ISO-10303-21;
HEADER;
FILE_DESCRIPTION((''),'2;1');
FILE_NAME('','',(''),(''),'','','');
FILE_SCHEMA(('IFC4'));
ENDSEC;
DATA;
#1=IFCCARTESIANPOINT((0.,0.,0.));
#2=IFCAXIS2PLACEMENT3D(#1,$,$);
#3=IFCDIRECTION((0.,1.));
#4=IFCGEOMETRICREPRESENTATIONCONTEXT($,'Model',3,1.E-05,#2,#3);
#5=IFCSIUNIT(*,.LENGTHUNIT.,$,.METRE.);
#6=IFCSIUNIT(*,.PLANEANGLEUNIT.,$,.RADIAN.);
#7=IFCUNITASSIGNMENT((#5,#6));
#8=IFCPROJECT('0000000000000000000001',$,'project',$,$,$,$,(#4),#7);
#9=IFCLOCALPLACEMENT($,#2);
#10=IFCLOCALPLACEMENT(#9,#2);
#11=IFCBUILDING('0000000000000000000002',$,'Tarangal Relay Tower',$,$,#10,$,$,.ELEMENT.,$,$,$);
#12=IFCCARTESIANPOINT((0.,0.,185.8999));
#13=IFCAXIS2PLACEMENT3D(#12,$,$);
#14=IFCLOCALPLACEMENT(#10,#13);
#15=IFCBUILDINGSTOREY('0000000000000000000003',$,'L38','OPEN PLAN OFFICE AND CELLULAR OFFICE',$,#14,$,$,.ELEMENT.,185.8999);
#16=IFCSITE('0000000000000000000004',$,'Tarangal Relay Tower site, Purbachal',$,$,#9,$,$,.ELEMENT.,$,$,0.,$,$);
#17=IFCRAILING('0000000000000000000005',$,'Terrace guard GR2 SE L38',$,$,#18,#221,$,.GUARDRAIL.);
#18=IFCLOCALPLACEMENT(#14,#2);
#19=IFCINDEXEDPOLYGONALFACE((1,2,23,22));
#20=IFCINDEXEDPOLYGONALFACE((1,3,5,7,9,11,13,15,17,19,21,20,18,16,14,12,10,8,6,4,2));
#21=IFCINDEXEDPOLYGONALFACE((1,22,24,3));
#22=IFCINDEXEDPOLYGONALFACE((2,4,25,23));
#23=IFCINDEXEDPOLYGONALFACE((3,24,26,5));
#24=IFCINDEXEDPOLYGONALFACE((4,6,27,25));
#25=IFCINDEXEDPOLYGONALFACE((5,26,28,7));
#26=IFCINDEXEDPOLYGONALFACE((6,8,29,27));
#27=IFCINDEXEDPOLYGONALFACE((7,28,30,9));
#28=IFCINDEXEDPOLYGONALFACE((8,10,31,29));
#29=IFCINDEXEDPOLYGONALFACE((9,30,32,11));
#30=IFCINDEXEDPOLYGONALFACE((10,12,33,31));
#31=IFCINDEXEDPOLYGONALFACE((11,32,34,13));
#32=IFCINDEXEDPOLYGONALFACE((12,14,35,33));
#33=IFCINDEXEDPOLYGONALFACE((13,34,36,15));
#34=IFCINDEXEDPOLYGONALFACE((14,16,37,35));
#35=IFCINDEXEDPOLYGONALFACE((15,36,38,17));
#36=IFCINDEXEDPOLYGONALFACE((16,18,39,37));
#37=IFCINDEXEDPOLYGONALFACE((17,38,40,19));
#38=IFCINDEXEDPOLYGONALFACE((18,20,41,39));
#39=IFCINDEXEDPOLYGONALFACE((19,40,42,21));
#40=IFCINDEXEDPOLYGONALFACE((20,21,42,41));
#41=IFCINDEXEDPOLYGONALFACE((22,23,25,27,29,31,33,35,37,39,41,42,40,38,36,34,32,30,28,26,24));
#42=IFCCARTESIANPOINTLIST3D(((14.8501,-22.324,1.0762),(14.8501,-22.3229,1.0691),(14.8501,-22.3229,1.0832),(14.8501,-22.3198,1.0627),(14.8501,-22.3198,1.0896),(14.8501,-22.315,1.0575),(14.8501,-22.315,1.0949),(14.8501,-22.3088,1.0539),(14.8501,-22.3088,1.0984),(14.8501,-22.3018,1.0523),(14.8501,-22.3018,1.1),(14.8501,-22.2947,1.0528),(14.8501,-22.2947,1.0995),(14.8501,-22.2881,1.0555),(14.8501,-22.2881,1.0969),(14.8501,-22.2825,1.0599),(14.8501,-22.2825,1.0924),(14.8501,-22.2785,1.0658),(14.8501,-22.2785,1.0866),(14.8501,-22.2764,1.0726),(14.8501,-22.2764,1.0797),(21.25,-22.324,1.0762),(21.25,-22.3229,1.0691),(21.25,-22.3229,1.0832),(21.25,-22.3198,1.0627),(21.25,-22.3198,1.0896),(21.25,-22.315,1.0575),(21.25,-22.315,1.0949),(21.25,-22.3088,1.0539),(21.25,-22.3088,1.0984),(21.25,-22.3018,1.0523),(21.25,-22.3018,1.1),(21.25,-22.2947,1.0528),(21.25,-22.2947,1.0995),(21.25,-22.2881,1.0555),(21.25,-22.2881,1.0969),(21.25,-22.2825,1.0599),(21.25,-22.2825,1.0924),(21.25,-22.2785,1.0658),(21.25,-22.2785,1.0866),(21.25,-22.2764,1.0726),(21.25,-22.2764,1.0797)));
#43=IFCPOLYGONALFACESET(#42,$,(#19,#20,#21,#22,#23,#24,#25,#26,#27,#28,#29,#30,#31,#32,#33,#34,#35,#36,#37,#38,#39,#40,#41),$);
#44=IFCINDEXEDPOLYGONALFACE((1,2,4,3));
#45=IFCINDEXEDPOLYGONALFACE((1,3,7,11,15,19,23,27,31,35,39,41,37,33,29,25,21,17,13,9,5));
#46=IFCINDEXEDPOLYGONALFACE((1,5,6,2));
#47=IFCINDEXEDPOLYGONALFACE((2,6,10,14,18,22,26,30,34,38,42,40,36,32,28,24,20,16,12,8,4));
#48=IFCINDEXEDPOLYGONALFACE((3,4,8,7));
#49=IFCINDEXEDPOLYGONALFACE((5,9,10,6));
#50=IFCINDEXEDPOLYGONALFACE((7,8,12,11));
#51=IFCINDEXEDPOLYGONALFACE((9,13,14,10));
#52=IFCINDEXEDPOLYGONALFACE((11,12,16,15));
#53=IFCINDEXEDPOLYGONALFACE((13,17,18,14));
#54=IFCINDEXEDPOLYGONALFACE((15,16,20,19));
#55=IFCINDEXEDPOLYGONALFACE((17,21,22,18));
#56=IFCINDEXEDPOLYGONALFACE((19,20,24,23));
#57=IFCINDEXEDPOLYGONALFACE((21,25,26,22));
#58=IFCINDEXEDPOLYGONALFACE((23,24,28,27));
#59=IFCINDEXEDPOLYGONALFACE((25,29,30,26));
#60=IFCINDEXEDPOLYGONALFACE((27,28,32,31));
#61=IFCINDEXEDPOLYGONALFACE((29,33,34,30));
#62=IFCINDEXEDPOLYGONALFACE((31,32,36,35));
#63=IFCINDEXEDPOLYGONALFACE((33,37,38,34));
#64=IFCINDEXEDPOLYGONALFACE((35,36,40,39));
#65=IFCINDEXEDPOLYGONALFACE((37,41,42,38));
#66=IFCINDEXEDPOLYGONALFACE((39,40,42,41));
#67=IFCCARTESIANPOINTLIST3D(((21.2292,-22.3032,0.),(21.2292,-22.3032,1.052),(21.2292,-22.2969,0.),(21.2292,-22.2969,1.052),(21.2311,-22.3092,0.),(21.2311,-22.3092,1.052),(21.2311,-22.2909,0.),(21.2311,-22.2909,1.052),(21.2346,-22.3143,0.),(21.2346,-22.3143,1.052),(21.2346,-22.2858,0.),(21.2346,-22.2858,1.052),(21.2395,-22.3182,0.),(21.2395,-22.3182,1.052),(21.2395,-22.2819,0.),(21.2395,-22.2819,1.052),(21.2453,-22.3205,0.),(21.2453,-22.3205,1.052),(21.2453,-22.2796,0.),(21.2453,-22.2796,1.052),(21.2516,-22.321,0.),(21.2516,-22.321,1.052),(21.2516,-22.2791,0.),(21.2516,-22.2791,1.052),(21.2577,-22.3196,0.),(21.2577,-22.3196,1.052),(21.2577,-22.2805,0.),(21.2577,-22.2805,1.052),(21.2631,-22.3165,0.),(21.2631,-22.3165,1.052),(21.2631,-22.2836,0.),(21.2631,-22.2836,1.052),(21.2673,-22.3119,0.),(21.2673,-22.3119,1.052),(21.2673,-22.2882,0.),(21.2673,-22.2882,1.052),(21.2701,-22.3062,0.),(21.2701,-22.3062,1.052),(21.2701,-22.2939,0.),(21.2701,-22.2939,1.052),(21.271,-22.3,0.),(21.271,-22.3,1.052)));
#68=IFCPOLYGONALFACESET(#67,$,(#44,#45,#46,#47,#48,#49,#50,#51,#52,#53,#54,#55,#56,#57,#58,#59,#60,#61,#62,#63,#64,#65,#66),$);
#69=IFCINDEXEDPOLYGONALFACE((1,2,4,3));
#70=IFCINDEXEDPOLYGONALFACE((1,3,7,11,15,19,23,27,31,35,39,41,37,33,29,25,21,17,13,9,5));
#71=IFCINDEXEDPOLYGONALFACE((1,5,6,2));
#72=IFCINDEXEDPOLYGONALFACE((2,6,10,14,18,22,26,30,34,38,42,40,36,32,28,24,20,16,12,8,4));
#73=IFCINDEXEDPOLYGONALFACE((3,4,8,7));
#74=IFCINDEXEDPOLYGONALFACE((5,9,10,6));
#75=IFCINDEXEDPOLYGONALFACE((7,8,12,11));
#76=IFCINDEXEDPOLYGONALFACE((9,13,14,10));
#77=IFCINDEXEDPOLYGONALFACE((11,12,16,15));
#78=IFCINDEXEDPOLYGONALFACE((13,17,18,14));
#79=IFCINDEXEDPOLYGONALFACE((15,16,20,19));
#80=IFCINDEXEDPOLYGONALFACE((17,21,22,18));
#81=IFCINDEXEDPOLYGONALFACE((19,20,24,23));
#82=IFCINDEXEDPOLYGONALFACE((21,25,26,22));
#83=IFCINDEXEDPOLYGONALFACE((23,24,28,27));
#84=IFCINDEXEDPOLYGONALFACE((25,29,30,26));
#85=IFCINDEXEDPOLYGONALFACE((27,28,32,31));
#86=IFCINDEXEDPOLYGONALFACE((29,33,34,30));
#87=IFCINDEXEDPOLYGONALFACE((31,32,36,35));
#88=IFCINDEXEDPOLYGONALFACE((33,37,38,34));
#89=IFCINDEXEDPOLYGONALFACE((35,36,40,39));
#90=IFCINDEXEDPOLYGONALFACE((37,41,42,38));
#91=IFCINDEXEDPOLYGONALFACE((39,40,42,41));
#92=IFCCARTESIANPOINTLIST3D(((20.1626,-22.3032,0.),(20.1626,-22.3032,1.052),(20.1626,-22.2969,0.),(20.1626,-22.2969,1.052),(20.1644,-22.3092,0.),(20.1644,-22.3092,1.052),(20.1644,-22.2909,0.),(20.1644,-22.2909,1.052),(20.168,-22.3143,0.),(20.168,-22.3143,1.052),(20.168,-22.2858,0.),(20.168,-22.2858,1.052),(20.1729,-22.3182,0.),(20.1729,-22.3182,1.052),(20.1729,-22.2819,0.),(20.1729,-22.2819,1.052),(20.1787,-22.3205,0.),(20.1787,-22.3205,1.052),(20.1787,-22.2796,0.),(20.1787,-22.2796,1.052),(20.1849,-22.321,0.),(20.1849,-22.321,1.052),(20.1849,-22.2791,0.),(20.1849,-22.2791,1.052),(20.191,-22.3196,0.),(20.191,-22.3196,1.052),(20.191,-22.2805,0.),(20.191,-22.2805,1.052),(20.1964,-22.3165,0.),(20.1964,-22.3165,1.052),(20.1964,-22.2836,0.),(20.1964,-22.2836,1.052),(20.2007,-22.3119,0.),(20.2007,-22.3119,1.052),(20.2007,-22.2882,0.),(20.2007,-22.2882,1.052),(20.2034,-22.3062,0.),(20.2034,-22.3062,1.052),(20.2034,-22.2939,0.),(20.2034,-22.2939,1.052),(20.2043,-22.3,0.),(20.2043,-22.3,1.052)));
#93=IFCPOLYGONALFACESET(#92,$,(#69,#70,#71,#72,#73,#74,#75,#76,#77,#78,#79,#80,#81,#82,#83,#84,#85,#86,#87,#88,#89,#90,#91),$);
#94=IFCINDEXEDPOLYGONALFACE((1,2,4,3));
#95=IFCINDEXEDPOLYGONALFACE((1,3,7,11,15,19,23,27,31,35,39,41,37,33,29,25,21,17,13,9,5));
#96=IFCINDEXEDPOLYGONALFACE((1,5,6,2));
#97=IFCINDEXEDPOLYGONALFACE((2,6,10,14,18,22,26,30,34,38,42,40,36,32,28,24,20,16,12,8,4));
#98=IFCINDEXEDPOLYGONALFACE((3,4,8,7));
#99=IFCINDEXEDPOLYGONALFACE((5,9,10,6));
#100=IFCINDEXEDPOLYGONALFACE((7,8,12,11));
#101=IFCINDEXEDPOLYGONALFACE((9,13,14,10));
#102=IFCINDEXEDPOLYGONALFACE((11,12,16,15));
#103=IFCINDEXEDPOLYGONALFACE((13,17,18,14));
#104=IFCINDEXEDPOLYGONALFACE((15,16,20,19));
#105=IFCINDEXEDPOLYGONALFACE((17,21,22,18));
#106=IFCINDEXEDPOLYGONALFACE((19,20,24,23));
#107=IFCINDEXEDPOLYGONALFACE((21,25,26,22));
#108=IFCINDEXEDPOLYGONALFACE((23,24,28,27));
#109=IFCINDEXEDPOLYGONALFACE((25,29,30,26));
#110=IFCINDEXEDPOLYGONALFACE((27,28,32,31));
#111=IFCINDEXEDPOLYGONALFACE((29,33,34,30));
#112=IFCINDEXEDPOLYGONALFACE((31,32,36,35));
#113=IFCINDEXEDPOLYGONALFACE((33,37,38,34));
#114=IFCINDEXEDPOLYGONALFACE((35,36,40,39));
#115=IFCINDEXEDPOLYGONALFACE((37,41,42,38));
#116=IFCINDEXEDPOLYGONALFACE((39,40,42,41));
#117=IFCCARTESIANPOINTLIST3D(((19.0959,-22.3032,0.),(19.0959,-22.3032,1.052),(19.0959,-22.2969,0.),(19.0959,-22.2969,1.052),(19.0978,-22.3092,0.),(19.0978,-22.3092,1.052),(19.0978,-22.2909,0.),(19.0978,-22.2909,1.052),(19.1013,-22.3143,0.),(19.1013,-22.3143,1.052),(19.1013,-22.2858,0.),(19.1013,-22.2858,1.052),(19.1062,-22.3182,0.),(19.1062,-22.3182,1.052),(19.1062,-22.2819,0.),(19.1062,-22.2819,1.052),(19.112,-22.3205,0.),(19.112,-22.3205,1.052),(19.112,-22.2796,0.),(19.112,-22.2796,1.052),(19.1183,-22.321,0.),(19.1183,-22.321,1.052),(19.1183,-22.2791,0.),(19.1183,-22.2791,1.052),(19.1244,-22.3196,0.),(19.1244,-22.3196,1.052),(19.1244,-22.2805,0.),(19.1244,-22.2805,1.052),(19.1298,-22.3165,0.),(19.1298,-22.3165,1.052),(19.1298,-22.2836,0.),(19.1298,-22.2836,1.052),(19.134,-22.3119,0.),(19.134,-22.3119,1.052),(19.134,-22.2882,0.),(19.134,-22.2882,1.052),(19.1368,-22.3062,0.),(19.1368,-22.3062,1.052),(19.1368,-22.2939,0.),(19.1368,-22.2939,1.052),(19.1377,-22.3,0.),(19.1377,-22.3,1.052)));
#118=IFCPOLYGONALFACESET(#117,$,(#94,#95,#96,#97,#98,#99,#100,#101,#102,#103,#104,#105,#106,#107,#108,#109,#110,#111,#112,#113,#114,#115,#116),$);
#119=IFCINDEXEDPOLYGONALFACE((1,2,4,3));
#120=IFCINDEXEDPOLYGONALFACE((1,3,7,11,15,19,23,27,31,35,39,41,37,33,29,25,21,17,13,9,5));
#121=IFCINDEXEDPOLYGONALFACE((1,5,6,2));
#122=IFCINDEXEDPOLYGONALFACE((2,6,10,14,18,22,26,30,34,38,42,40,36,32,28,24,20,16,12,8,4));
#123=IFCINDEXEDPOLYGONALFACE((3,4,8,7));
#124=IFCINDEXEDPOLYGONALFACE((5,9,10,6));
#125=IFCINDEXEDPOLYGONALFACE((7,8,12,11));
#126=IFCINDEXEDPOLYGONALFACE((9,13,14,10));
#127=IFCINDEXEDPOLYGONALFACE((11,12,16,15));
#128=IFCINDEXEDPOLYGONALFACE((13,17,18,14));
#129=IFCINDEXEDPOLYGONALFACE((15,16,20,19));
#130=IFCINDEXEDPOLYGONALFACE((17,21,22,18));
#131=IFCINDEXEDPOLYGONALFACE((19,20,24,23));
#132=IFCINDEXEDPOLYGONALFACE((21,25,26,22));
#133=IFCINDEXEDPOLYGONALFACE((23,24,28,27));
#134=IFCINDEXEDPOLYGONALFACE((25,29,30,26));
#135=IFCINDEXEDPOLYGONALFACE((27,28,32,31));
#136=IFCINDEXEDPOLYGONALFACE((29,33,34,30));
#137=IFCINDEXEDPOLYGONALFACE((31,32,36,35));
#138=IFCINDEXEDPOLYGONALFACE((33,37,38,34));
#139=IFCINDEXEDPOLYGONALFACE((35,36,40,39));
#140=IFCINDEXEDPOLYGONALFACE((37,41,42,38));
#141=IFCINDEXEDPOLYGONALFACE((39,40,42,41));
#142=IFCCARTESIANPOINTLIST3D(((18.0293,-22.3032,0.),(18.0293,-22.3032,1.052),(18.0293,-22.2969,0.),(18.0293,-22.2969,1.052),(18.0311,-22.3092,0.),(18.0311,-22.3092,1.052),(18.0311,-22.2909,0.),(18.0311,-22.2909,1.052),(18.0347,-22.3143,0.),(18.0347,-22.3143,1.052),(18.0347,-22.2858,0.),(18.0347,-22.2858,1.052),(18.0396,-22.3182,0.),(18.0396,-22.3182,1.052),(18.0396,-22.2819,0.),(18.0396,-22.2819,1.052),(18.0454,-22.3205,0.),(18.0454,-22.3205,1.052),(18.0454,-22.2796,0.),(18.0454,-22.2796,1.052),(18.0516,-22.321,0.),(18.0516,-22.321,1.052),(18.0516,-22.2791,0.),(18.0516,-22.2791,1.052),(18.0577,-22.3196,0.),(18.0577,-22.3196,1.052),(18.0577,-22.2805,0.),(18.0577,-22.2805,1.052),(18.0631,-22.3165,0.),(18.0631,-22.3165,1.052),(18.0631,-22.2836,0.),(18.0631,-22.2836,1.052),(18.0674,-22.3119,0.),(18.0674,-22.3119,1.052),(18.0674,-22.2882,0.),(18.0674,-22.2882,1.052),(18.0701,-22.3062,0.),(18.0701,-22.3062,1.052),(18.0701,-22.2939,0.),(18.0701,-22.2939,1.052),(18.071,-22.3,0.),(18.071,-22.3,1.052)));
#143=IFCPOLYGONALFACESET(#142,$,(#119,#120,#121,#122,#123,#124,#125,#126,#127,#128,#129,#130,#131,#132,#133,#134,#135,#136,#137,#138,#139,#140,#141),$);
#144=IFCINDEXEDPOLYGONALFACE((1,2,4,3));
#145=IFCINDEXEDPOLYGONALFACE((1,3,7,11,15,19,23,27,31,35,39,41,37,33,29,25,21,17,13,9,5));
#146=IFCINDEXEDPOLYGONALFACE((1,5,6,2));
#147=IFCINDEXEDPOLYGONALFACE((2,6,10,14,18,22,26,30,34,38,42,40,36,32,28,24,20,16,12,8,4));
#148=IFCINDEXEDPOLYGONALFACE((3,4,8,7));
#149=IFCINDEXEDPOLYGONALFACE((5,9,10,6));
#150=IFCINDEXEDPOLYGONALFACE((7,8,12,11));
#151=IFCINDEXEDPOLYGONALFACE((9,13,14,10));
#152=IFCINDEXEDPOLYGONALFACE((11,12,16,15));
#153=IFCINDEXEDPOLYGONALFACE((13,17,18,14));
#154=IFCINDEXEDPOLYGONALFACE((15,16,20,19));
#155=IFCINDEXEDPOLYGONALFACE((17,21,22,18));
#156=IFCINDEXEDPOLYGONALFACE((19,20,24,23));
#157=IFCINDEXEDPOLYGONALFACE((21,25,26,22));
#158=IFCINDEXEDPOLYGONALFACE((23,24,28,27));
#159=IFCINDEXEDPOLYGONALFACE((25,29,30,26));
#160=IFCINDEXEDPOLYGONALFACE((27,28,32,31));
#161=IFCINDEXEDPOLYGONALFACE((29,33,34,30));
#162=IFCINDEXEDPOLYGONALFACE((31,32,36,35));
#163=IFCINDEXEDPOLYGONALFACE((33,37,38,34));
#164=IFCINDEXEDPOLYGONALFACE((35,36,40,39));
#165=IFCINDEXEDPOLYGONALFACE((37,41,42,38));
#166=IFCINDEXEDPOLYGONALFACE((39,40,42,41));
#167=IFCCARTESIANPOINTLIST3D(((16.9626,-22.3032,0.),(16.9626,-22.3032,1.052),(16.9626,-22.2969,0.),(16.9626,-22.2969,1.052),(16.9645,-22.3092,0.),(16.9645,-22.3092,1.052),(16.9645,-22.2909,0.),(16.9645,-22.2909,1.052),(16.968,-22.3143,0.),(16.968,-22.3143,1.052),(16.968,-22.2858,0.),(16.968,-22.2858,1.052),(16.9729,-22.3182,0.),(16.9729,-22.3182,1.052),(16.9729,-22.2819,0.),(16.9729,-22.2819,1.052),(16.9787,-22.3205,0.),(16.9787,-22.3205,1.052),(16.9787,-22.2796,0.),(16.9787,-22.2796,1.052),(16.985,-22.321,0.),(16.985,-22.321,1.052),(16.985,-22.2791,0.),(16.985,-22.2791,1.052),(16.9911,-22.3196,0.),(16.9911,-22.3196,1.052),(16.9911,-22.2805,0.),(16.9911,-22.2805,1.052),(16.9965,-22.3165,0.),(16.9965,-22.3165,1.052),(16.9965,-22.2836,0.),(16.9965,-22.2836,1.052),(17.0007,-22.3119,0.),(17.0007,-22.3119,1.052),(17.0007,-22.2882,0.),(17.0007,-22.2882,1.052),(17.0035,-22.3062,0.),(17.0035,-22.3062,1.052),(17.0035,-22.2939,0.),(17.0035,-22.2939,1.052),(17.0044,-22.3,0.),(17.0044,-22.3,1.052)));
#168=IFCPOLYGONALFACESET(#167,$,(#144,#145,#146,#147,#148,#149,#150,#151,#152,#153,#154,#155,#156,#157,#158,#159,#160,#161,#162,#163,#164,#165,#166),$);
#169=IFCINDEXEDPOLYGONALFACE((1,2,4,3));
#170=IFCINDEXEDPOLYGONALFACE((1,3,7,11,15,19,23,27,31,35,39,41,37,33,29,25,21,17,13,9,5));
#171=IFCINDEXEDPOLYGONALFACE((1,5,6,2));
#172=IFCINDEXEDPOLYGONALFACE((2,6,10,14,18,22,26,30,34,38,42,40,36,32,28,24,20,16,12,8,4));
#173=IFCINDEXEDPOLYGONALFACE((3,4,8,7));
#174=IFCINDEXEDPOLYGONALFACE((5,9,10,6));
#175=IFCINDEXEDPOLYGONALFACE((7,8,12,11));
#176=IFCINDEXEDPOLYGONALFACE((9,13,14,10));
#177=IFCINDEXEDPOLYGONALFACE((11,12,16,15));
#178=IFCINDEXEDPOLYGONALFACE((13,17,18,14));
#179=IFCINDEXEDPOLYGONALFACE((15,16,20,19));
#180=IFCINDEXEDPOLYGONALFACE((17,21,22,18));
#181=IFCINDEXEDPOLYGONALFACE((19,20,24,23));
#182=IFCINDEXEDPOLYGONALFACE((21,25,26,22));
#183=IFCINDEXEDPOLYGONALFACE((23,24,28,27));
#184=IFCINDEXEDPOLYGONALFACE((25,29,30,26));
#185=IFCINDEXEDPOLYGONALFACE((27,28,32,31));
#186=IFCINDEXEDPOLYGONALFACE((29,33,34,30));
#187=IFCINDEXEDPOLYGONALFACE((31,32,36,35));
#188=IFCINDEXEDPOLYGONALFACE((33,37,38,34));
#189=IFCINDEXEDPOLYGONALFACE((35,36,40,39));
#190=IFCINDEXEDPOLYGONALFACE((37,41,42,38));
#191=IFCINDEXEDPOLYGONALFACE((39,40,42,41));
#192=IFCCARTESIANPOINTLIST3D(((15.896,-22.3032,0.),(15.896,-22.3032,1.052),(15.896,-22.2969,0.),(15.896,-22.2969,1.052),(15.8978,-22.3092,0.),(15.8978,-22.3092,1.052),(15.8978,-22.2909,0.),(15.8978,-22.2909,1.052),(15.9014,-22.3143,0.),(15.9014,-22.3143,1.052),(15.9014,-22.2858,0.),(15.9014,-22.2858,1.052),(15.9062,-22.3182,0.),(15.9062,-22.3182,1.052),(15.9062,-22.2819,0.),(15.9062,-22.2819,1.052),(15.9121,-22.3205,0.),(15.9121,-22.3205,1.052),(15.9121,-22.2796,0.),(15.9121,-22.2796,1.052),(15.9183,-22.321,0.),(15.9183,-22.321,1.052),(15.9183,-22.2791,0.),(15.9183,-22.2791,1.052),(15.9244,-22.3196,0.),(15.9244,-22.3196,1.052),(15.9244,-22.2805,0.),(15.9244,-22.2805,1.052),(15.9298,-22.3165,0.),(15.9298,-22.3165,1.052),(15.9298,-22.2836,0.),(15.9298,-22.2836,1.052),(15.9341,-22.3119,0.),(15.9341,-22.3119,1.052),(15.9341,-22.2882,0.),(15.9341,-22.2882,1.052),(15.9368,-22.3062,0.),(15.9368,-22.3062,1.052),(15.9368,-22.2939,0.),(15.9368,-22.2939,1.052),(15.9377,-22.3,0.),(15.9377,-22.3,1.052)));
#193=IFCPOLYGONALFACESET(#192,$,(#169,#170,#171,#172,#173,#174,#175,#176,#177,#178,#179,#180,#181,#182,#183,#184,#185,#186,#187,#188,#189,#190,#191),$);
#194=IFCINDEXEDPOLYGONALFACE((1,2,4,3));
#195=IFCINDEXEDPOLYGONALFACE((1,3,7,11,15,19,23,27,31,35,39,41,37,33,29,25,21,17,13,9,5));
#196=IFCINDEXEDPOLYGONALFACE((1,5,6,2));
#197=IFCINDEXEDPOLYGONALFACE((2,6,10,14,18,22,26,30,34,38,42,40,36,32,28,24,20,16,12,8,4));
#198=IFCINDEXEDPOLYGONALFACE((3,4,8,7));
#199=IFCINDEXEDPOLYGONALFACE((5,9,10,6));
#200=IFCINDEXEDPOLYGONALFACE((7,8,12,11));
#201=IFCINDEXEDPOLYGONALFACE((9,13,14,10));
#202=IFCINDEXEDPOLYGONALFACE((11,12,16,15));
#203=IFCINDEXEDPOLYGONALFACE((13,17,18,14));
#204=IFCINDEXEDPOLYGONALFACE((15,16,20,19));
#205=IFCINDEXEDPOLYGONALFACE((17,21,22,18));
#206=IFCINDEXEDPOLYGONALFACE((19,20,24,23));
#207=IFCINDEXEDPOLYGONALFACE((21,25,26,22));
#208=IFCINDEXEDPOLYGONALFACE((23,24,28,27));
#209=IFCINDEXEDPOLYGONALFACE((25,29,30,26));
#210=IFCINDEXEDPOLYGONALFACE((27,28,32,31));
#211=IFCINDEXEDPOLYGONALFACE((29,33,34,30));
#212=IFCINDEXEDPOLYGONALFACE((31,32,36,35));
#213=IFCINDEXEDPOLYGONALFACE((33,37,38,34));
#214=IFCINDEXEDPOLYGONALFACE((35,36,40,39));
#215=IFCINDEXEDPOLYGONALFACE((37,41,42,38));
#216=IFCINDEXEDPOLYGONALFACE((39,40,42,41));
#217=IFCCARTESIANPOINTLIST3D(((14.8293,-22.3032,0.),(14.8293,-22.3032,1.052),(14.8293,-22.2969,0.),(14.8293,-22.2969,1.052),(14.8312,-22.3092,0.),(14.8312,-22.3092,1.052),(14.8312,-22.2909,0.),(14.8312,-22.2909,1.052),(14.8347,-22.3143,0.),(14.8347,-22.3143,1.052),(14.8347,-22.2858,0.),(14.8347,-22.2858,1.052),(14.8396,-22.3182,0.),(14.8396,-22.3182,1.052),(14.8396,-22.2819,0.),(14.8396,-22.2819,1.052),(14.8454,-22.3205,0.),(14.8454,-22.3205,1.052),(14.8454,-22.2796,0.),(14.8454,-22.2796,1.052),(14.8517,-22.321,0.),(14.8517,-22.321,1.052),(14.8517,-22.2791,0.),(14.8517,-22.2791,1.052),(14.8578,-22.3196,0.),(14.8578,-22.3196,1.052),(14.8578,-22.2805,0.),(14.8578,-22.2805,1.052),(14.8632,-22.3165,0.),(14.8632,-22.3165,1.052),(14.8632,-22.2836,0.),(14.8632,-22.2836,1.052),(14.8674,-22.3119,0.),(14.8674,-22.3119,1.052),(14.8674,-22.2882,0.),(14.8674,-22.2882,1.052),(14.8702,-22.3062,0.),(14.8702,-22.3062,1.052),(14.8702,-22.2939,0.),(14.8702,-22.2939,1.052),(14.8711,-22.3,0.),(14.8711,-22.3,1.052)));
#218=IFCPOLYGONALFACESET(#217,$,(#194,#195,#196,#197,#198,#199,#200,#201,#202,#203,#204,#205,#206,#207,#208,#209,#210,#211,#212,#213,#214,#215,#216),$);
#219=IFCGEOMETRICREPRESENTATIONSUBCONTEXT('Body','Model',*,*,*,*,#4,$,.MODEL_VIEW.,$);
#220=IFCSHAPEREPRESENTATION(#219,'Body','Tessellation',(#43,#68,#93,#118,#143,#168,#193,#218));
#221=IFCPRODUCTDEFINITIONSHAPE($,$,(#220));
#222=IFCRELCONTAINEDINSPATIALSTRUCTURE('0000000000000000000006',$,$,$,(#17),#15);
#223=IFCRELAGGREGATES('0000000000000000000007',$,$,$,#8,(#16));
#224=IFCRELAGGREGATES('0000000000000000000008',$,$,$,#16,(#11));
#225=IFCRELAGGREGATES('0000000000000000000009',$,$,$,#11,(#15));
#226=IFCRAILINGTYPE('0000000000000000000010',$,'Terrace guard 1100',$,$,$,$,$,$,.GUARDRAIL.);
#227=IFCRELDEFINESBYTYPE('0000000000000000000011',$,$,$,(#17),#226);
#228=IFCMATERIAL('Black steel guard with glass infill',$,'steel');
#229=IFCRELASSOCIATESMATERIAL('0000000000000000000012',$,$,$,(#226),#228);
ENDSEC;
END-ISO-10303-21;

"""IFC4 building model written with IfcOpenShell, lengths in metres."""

from ifc_helpers import new_model, si_unit, direction, frame, origin, origin_2d, place, context, subcontext, project, spatial, circle, extrude, material, type_object, element, save


model = new_model("IFC4")

# Units and contexts
model_context = context("Model", 3, precision=1e-05, world=origin(), true_north=direction((0.0, 1.0)))
body_context = subcontext(model_context, "Body", "Model", "MODEL_VIEW")
ifc_project = project(units=[si_unit("LENGTHUNIT", "METRE"), si_unit("PLANEANGLEUNIT", "RADIAN")], contexts=[model_context])

# Site, building, storey
site_placement = place(None, origin())
site = spatial("IfcSite", under=ifc_project, at=site_placement, Name="Tarangal Relay Tower site, Purbachal", CompositionType="ELEMENT", RefElevation=0.0)
building_placement = place(site_placement, origin())
building = spatial("IfcBuilding", under=site, at=building_placement, Name="Tarangal Relay Tower", CompositionType="ELEMENT")
storey_placement = place(building_placement, frame((0.0, 0.0, 185.8999)))
storey = spatial("IfcBuildingStorey", under=building, at=storey_placement, Name="L38", Description="OPEN PLAN OFFICE AND CELLULAR OFFICE", CompositionType="ELEMENT", Elevation=185.8999)

# Railing
ifc_material_1 = material(Name="Black steel guard with glass infill", Category="steel")
railing_type = type_object("IfcRailingType", Name="Terrace guard 1100", PredefinedType="GUARDRAIL", material=ifc_material_1)
railing_1_placement = place(storey_placement, frame((21.25, -22.3, 0.0)))
element("IfcRailing", 1, at=railing_1_placement, inside=storey, type_object=railing_type, Name="Terrace guard GR2 SE L38", PredefinedType="GUARDRAIL", context=body_context, shape_type="SweptSolid", body=[
    extrude(circle(Radius=0.0239, at=origin_2d()), frame((0.0, 0.0, 1.0762), z_axis=(-1.0, 0.0, 0.0), x_axis=(0.0, -1.0, 0.0)), (0.0, 0.0, 1.0), 6.3999),
    extrude(circle(Radius=0.021, at=origin_2d()), origin(), (0.0, 0.0, 1.0), 1.052),
    extrude(circle(Radius=0.021, at=origin_2d()), frame((-1.0667, 0.0, 0.0)), (0.0, 0.0, 1.0), 1.052),
    extrude(circle(Radius=0.021, at=origin_2d()), frame((-2.1333, 0.0, 0.0)), (0.0, 0.0, 1.0), 1.052),
    extrude(circle(Radius=0.021, at=origin_2d()), frame((-3.2, 0.0, 0.0)), (0.0, 0.0, 1.0), 1.052),
    extrude(circle(Radius=0.021, at=origin_2d()), frame((-4.2666, 0.0, 0.0)), (0.0, 0.0, 1.0), 1.052),
    extrude(circle(Radius=0.021, at=origin_2d()), frame((-5.3333, 0.0, 0.0)), (0.0, 0.0, 1.0), 1.052),
    extrude(circle(Radius=0.021, at=origin_2d()), frame((-6.3999, 0.0, 0.0)), (0.0, 0.0, 1.0), 1.052),
])

save(model, "model.ifc")
